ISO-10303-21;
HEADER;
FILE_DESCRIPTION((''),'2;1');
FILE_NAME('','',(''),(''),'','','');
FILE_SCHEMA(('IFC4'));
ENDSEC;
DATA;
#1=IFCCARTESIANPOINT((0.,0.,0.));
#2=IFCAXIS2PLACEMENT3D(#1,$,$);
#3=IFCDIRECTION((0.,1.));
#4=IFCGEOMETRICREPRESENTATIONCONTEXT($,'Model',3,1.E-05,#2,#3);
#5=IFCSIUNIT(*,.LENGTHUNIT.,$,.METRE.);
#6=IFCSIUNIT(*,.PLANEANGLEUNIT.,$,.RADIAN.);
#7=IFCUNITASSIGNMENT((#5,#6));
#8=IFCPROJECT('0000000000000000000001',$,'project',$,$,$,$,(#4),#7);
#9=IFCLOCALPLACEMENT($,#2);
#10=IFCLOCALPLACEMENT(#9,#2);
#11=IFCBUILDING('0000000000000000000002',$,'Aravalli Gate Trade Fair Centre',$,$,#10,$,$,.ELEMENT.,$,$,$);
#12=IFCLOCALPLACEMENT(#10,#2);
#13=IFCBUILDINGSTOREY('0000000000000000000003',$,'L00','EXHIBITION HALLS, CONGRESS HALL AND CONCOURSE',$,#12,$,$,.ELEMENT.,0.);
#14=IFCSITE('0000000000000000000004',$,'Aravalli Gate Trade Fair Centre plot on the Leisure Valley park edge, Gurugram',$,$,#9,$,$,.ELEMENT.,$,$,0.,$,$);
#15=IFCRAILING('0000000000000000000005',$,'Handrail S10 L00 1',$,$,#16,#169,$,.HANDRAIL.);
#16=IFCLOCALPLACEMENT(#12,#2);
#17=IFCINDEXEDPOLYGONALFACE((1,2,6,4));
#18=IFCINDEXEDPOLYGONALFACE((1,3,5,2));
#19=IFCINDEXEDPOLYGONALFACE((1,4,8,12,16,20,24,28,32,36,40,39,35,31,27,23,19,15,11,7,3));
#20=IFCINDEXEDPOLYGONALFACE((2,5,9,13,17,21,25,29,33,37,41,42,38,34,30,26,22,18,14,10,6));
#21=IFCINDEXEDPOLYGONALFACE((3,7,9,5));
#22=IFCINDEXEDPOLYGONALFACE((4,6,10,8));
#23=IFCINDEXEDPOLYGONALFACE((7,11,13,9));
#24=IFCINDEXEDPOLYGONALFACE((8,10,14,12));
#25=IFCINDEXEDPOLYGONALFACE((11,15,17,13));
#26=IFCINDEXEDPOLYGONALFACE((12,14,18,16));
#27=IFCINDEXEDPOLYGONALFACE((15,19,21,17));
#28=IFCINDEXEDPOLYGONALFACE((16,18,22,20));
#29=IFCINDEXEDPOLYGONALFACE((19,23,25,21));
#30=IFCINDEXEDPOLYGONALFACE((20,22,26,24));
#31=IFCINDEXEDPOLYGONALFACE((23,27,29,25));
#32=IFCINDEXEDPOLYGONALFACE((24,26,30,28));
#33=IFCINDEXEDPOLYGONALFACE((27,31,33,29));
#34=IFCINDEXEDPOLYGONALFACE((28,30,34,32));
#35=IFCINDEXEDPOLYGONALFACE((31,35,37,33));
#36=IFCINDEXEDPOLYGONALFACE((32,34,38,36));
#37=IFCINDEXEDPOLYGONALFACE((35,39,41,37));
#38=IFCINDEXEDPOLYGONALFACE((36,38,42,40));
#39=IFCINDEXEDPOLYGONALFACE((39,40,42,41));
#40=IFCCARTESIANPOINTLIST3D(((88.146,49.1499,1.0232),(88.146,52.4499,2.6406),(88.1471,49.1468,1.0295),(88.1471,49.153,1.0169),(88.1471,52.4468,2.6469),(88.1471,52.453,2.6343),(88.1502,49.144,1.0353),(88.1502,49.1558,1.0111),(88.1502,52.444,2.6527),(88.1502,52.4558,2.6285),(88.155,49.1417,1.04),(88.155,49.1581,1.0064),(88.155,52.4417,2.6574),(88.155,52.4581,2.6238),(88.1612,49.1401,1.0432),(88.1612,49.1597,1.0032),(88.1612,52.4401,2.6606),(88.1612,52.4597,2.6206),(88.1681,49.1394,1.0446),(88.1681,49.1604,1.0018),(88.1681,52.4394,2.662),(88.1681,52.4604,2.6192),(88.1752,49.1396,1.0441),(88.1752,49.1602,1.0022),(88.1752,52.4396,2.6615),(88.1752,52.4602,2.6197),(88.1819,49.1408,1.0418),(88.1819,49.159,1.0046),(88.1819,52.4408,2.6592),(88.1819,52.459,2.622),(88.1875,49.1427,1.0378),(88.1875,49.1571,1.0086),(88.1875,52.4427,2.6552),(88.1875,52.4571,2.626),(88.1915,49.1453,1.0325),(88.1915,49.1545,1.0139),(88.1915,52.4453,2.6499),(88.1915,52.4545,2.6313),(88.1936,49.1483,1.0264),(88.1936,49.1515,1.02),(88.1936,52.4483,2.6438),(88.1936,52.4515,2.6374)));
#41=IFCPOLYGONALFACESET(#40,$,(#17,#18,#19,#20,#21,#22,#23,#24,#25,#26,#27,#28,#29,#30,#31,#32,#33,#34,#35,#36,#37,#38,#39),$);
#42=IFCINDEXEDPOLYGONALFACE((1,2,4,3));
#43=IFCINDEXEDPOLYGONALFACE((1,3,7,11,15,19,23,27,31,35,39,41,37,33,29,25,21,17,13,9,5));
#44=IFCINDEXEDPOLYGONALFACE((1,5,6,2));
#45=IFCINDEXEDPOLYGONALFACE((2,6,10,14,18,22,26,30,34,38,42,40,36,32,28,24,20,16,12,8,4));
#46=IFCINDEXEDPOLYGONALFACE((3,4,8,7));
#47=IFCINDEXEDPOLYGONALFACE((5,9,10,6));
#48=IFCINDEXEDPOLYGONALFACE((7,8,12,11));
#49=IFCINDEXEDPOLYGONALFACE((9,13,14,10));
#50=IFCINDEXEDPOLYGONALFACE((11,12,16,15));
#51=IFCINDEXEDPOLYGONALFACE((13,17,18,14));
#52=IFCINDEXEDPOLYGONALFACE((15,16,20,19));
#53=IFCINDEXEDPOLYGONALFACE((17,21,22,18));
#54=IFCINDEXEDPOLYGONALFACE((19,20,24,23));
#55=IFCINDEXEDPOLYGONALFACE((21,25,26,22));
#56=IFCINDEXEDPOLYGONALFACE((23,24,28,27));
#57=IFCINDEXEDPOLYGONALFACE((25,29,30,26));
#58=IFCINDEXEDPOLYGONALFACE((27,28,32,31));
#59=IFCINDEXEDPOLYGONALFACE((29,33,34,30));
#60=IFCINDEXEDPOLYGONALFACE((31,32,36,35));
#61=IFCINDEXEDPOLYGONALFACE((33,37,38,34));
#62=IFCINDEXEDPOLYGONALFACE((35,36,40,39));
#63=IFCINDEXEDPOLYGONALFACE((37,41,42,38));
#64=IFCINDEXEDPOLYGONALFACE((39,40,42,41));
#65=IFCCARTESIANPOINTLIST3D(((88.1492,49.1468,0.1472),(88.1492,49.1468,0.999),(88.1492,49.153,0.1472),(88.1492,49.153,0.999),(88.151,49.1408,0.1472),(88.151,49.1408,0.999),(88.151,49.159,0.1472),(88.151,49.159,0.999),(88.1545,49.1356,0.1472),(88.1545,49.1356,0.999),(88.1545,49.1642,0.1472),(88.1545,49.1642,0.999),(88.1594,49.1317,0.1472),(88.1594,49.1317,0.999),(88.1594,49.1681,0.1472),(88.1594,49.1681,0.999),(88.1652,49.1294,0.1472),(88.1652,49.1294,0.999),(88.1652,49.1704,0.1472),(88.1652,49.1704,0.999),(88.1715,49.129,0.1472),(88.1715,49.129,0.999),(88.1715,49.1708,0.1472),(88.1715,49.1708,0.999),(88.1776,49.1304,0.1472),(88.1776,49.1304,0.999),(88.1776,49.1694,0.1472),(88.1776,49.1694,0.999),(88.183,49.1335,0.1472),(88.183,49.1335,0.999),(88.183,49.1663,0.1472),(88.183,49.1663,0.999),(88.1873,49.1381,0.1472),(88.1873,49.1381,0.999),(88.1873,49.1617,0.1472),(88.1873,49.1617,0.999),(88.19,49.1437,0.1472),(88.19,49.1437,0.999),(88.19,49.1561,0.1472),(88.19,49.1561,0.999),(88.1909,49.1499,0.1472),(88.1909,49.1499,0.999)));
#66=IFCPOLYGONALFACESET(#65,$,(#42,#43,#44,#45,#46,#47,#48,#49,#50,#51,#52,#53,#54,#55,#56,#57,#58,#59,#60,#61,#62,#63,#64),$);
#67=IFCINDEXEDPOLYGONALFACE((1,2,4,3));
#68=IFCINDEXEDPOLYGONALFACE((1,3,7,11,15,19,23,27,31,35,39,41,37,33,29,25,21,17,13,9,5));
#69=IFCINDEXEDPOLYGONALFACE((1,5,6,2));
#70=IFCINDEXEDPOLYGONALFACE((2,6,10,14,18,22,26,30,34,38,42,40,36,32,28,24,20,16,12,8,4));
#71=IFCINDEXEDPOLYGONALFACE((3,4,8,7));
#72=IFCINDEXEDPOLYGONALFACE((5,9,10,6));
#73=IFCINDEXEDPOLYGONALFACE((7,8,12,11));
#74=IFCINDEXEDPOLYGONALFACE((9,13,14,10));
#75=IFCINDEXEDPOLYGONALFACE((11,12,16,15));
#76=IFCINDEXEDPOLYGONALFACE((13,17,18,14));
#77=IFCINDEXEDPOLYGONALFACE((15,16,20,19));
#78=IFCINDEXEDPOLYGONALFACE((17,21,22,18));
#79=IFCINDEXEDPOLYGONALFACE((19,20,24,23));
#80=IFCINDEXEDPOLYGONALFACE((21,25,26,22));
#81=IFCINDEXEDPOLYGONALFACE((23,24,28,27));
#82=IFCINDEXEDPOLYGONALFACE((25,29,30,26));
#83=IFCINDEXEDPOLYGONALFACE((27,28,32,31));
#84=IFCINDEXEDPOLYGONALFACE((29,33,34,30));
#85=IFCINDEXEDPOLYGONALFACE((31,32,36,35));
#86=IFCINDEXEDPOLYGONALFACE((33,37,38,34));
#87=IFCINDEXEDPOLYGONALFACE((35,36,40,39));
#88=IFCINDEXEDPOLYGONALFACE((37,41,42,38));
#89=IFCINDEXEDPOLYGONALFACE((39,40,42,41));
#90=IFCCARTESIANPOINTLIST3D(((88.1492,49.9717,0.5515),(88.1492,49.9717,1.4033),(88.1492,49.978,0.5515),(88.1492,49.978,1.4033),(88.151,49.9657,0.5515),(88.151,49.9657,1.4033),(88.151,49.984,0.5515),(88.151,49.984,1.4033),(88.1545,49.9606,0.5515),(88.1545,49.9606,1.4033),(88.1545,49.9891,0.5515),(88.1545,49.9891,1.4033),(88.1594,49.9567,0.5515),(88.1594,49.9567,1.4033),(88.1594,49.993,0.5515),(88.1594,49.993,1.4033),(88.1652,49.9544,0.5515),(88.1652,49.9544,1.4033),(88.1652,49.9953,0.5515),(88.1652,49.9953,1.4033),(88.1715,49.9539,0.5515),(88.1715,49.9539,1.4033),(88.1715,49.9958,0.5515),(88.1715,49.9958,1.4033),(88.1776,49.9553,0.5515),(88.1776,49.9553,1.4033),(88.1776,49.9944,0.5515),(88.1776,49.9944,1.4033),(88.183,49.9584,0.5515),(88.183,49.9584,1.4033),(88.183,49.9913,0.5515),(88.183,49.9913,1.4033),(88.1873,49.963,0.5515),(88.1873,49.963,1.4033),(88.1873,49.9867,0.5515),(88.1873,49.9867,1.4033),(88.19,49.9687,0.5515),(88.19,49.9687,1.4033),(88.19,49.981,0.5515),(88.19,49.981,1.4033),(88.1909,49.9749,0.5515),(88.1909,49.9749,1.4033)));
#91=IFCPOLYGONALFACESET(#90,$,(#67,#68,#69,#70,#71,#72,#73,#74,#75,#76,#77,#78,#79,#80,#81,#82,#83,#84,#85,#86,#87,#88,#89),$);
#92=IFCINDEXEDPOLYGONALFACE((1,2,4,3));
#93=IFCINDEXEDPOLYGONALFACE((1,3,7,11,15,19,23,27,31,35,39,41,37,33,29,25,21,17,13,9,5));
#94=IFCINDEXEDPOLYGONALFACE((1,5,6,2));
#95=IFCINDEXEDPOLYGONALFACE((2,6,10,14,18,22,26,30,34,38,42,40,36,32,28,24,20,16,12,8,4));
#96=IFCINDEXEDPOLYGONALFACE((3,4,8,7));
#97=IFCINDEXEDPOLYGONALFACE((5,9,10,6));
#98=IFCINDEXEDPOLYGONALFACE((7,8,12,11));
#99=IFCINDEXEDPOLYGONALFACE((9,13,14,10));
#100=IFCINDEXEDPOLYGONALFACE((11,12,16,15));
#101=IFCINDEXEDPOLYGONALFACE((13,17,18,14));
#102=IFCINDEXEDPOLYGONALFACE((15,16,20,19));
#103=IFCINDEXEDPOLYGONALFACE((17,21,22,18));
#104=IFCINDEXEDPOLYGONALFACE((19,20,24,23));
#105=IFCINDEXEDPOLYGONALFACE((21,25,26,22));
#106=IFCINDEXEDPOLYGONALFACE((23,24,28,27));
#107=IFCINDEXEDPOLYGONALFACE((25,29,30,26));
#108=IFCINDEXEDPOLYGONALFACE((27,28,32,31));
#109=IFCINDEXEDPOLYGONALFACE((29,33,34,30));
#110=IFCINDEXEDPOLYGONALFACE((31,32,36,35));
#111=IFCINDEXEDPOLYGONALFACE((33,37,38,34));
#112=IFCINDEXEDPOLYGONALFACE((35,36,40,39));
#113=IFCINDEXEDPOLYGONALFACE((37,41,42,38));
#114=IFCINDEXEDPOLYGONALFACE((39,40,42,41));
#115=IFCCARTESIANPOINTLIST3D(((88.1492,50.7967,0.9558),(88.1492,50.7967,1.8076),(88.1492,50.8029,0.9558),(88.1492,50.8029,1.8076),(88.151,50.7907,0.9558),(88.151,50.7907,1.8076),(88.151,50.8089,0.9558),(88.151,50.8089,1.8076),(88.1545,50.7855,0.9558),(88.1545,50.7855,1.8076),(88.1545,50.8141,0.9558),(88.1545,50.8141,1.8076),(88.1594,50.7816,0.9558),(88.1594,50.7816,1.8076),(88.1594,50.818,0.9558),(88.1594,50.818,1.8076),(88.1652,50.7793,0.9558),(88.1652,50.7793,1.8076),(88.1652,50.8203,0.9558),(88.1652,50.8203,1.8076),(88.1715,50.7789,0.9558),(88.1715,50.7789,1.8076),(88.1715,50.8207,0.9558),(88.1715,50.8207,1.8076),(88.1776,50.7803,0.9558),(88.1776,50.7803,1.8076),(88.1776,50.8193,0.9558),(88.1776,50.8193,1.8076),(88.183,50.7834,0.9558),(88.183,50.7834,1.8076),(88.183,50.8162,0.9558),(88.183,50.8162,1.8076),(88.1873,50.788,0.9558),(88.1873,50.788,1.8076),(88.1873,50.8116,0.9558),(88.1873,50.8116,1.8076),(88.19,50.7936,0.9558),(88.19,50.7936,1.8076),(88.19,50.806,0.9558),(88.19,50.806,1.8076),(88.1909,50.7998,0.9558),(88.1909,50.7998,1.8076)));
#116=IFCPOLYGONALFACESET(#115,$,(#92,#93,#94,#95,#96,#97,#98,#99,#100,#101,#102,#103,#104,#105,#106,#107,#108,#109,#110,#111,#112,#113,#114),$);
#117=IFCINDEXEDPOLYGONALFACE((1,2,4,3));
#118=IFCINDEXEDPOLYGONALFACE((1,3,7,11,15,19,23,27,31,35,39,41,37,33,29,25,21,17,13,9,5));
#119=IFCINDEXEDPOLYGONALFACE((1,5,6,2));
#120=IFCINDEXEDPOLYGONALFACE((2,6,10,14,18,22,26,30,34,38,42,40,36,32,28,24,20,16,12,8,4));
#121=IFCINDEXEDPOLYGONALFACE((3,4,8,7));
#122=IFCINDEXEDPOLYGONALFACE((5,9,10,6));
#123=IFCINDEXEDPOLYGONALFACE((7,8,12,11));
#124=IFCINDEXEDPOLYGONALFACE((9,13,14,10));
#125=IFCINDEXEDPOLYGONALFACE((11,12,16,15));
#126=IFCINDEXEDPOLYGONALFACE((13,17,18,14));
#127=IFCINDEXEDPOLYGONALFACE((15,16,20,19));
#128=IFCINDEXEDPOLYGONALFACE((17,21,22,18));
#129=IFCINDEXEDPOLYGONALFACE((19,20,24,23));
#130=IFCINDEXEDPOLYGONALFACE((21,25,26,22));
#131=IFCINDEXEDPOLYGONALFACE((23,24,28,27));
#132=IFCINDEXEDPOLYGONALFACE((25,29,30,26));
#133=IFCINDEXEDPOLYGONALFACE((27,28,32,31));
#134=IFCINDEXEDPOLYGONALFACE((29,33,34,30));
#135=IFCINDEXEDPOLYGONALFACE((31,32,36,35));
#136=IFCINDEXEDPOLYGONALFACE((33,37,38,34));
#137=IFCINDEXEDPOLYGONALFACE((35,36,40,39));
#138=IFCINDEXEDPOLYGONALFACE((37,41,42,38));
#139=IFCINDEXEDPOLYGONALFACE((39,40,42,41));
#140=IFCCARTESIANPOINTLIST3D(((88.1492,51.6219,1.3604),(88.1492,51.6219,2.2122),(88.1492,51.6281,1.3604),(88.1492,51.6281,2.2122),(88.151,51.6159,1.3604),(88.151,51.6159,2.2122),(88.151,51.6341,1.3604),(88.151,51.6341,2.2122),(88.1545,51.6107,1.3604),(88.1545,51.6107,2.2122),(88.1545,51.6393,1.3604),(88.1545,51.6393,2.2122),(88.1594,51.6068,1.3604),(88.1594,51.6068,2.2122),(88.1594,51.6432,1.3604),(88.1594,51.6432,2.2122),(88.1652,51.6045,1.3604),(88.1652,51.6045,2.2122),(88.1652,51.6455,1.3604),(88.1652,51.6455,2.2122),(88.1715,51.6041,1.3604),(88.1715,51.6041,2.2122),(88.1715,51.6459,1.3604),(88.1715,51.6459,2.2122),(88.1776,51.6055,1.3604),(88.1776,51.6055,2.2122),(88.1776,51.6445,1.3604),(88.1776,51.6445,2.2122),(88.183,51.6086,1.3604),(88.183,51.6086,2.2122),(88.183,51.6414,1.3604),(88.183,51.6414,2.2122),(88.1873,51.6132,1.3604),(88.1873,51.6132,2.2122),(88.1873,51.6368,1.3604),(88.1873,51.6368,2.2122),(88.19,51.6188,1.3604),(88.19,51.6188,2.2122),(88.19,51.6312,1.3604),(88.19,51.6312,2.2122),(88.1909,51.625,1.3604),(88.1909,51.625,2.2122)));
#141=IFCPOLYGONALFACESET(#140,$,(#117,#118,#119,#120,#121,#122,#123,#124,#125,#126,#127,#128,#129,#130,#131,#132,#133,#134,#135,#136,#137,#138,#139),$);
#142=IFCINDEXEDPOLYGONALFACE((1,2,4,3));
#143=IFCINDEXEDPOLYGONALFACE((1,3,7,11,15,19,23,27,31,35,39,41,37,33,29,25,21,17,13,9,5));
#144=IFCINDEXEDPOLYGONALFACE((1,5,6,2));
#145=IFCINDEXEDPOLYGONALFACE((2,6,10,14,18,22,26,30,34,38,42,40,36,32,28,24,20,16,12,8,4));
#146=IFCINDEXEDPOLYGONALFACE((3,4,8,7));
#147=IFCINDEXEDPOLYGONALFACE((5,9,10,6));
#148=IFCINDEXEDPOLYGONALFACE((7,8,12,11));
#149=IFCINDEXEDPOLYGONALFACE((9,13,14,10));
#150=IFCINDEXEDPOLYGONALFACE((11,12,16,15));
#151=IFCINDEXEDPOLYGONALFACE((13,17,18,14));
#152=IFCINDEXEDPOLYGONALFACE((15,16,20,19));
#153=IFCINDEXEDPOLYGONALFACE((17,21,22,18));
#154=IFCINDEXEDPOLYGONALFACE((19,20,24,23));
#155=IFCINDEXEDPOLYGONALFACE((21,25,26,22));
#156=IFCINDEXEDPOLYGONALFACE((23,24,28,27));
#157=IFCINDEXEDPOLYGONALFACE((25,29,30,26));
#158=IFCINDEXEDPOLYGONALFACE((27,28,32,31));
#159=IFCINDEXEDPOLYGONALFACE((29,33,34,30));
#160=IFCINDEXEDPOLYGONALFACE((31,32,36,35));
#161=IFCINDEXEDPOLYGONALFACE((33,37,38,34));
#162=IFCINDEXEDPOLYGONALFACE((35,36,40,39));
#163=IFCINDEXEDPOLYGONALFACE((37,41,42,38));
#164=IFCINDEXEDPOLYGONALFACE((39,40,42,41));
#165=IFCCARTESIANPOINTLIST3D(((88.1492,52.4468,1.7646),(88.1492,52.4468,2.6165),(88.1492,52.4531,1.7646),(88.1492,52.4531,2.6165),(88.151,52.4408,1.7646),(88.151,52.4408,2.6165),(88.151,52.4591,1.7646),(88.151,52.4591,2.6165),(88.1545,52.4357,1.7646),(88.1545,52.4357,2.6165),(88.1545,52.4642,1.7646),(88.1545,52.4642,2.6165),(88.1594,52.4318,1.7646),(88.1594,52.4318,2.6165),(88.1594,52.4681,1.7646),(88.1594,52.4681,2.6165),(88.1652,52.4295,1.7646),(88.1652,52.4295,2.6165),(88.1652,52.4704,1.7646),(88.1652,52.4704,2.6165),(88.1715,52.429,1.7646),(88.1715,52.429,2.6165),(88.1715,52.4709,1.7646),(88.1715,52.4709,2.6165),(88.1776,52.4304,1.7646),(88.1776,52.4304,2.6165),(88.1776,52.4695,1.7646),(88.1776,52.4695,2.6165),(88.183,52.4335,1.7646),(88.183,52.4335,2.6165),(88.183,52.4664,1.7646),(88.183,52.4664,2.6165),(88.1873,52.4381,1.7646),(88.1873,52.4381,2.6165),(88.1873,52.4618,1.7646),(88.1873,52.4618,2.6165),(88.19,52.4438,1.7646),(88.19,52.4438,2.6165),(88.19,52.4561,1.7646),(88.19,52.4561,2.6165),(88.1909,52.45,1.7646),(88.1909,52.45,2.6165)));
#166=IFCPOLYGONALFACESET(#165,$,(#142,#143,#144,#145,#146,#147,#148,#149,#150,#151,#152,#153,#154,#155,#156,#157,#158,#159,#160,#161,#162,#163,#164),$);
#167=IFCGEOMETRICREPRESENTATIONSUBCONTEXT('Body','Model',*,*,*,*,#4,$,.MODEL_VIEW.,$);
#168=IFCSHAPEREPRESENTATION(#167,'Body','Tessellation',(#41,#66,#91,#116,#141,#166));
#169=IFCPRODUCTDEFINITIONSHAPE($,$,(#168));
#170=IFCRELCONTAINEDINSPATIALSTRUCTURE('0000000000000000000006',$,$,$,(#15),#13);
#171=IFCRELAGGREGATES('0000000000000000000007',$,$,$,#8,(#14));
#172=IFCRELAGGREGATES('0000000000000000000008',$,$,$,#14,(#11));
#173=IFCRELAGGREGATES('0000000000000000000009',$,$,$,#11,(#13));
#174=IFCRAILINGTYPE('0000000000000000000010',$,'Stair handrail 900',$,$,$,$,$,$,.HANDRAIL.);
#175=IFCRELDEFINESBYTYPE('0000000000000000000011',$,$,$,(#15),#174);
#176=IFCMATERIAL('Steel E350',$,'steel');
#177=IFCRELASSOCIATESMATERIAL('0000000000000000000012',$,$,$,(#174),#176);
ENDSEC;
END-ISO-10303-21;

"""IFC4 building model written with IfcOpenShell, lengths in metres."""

from ifc_helpers import new_model, si_unit, direction, frame, origin, origin_2d, place, context, subcontext, project, spatial, circle, extrude, material, type_object, element, save


model = new_model("IFC4")

# Units and contexts
model_context = context("Model", 3, precision=1e-05, world=origin(), true_north=direction((0.0, 1.0)))
body_context = subcontext(model_context, "Body", "Model", "MODEL_VIEW")
ifc_project = project(units=[si_unit("LENGTHUNIT", "METRE"), si_unit("PLANEANGLEUNIT", "RADIAN")], contexts=[model_context])

# Site, building, storey
site_placement = place(None, origin())
site = spatial("IfcSite", under=ifc_project, at=site_placement, Name="Aravalli Gate Trade Fair Centre plot on the Leisure Valley park edge, Gurugram", CompositionType="ELEMENT", RefElevation=0.0)
building_placement = place(site_placement, origin())
building = spatial("IfcBuilding", under=site, at=building_placement, Name="Aravalli Gate Trade Fair Centre", CompositionType="ELEMENT")
storey_placement = place(building_placement, origin())
storey = spatial("IfcBuildingStorey", under=building, at=storey_placement, Name="L00", Description="EXHIBITION HALLS, CONGRESS HALL AND CONCOURSE", CompositionType="ELEMENT", Elevation=0.0)

# Railing
ifc_material_1 = material(Name="Steel E350", Category="steel")
railing_type = type_object("IfcRailingType", Name="Stair handrail 900", PredefinedType="HANDRAIL", material=ifc_material_1)
for number, where, name in (
    (1, (88.1699, 49.1499, 0.1472), "Handrail S10 L00 1"),
):
    element("IfcRailing", number, at=place(storey_placement, frame(where)), inside=storey, type_object=railing_type, Name=name, PredefinedType="HANDRAIL", context=body_context, shape_type="SweptSolid", body=[
        extrude(circle(Radius=0.0239, at=origin_2d()), frame((0.0, 0.0, 0.876), z_axis=(0.0, 0.897946, 0.440105), x_axis=(-1.0, 0.0, 0.0)), (0.0, 0.0, 1.0), 3.675),
        extrude(circle(Radius=0.021, at=origin_2d()), origin(), (0.0, 0.0, 1.0), 0.8518),
        extrude(circle(Radius=0.021, at=origin_2d()), frame((0.0, 0.825, 0.4043)), (0.0, 0.0, 1.0), 0.8518),
        extrude(circle(Radius=0.021, at=origin_2d()), frame((0.0, 1.6499, 0.8086)), (0.0, 0.0, 1.0), 0.8518),
        extrude(circle(Radius=0.021, at=origin_2d()), frame((0.0, 2.4751, 1.2131)), (0.0, 0.0, 1.0), 0.8518),
        extrude(circle(Radius=0.021, at=origin_2d()), frame((0.0, 3.3, 1.6174)), (0.0, 0.0, 1.0), 0.8518),
    ])

save(model, "model.ifc")
